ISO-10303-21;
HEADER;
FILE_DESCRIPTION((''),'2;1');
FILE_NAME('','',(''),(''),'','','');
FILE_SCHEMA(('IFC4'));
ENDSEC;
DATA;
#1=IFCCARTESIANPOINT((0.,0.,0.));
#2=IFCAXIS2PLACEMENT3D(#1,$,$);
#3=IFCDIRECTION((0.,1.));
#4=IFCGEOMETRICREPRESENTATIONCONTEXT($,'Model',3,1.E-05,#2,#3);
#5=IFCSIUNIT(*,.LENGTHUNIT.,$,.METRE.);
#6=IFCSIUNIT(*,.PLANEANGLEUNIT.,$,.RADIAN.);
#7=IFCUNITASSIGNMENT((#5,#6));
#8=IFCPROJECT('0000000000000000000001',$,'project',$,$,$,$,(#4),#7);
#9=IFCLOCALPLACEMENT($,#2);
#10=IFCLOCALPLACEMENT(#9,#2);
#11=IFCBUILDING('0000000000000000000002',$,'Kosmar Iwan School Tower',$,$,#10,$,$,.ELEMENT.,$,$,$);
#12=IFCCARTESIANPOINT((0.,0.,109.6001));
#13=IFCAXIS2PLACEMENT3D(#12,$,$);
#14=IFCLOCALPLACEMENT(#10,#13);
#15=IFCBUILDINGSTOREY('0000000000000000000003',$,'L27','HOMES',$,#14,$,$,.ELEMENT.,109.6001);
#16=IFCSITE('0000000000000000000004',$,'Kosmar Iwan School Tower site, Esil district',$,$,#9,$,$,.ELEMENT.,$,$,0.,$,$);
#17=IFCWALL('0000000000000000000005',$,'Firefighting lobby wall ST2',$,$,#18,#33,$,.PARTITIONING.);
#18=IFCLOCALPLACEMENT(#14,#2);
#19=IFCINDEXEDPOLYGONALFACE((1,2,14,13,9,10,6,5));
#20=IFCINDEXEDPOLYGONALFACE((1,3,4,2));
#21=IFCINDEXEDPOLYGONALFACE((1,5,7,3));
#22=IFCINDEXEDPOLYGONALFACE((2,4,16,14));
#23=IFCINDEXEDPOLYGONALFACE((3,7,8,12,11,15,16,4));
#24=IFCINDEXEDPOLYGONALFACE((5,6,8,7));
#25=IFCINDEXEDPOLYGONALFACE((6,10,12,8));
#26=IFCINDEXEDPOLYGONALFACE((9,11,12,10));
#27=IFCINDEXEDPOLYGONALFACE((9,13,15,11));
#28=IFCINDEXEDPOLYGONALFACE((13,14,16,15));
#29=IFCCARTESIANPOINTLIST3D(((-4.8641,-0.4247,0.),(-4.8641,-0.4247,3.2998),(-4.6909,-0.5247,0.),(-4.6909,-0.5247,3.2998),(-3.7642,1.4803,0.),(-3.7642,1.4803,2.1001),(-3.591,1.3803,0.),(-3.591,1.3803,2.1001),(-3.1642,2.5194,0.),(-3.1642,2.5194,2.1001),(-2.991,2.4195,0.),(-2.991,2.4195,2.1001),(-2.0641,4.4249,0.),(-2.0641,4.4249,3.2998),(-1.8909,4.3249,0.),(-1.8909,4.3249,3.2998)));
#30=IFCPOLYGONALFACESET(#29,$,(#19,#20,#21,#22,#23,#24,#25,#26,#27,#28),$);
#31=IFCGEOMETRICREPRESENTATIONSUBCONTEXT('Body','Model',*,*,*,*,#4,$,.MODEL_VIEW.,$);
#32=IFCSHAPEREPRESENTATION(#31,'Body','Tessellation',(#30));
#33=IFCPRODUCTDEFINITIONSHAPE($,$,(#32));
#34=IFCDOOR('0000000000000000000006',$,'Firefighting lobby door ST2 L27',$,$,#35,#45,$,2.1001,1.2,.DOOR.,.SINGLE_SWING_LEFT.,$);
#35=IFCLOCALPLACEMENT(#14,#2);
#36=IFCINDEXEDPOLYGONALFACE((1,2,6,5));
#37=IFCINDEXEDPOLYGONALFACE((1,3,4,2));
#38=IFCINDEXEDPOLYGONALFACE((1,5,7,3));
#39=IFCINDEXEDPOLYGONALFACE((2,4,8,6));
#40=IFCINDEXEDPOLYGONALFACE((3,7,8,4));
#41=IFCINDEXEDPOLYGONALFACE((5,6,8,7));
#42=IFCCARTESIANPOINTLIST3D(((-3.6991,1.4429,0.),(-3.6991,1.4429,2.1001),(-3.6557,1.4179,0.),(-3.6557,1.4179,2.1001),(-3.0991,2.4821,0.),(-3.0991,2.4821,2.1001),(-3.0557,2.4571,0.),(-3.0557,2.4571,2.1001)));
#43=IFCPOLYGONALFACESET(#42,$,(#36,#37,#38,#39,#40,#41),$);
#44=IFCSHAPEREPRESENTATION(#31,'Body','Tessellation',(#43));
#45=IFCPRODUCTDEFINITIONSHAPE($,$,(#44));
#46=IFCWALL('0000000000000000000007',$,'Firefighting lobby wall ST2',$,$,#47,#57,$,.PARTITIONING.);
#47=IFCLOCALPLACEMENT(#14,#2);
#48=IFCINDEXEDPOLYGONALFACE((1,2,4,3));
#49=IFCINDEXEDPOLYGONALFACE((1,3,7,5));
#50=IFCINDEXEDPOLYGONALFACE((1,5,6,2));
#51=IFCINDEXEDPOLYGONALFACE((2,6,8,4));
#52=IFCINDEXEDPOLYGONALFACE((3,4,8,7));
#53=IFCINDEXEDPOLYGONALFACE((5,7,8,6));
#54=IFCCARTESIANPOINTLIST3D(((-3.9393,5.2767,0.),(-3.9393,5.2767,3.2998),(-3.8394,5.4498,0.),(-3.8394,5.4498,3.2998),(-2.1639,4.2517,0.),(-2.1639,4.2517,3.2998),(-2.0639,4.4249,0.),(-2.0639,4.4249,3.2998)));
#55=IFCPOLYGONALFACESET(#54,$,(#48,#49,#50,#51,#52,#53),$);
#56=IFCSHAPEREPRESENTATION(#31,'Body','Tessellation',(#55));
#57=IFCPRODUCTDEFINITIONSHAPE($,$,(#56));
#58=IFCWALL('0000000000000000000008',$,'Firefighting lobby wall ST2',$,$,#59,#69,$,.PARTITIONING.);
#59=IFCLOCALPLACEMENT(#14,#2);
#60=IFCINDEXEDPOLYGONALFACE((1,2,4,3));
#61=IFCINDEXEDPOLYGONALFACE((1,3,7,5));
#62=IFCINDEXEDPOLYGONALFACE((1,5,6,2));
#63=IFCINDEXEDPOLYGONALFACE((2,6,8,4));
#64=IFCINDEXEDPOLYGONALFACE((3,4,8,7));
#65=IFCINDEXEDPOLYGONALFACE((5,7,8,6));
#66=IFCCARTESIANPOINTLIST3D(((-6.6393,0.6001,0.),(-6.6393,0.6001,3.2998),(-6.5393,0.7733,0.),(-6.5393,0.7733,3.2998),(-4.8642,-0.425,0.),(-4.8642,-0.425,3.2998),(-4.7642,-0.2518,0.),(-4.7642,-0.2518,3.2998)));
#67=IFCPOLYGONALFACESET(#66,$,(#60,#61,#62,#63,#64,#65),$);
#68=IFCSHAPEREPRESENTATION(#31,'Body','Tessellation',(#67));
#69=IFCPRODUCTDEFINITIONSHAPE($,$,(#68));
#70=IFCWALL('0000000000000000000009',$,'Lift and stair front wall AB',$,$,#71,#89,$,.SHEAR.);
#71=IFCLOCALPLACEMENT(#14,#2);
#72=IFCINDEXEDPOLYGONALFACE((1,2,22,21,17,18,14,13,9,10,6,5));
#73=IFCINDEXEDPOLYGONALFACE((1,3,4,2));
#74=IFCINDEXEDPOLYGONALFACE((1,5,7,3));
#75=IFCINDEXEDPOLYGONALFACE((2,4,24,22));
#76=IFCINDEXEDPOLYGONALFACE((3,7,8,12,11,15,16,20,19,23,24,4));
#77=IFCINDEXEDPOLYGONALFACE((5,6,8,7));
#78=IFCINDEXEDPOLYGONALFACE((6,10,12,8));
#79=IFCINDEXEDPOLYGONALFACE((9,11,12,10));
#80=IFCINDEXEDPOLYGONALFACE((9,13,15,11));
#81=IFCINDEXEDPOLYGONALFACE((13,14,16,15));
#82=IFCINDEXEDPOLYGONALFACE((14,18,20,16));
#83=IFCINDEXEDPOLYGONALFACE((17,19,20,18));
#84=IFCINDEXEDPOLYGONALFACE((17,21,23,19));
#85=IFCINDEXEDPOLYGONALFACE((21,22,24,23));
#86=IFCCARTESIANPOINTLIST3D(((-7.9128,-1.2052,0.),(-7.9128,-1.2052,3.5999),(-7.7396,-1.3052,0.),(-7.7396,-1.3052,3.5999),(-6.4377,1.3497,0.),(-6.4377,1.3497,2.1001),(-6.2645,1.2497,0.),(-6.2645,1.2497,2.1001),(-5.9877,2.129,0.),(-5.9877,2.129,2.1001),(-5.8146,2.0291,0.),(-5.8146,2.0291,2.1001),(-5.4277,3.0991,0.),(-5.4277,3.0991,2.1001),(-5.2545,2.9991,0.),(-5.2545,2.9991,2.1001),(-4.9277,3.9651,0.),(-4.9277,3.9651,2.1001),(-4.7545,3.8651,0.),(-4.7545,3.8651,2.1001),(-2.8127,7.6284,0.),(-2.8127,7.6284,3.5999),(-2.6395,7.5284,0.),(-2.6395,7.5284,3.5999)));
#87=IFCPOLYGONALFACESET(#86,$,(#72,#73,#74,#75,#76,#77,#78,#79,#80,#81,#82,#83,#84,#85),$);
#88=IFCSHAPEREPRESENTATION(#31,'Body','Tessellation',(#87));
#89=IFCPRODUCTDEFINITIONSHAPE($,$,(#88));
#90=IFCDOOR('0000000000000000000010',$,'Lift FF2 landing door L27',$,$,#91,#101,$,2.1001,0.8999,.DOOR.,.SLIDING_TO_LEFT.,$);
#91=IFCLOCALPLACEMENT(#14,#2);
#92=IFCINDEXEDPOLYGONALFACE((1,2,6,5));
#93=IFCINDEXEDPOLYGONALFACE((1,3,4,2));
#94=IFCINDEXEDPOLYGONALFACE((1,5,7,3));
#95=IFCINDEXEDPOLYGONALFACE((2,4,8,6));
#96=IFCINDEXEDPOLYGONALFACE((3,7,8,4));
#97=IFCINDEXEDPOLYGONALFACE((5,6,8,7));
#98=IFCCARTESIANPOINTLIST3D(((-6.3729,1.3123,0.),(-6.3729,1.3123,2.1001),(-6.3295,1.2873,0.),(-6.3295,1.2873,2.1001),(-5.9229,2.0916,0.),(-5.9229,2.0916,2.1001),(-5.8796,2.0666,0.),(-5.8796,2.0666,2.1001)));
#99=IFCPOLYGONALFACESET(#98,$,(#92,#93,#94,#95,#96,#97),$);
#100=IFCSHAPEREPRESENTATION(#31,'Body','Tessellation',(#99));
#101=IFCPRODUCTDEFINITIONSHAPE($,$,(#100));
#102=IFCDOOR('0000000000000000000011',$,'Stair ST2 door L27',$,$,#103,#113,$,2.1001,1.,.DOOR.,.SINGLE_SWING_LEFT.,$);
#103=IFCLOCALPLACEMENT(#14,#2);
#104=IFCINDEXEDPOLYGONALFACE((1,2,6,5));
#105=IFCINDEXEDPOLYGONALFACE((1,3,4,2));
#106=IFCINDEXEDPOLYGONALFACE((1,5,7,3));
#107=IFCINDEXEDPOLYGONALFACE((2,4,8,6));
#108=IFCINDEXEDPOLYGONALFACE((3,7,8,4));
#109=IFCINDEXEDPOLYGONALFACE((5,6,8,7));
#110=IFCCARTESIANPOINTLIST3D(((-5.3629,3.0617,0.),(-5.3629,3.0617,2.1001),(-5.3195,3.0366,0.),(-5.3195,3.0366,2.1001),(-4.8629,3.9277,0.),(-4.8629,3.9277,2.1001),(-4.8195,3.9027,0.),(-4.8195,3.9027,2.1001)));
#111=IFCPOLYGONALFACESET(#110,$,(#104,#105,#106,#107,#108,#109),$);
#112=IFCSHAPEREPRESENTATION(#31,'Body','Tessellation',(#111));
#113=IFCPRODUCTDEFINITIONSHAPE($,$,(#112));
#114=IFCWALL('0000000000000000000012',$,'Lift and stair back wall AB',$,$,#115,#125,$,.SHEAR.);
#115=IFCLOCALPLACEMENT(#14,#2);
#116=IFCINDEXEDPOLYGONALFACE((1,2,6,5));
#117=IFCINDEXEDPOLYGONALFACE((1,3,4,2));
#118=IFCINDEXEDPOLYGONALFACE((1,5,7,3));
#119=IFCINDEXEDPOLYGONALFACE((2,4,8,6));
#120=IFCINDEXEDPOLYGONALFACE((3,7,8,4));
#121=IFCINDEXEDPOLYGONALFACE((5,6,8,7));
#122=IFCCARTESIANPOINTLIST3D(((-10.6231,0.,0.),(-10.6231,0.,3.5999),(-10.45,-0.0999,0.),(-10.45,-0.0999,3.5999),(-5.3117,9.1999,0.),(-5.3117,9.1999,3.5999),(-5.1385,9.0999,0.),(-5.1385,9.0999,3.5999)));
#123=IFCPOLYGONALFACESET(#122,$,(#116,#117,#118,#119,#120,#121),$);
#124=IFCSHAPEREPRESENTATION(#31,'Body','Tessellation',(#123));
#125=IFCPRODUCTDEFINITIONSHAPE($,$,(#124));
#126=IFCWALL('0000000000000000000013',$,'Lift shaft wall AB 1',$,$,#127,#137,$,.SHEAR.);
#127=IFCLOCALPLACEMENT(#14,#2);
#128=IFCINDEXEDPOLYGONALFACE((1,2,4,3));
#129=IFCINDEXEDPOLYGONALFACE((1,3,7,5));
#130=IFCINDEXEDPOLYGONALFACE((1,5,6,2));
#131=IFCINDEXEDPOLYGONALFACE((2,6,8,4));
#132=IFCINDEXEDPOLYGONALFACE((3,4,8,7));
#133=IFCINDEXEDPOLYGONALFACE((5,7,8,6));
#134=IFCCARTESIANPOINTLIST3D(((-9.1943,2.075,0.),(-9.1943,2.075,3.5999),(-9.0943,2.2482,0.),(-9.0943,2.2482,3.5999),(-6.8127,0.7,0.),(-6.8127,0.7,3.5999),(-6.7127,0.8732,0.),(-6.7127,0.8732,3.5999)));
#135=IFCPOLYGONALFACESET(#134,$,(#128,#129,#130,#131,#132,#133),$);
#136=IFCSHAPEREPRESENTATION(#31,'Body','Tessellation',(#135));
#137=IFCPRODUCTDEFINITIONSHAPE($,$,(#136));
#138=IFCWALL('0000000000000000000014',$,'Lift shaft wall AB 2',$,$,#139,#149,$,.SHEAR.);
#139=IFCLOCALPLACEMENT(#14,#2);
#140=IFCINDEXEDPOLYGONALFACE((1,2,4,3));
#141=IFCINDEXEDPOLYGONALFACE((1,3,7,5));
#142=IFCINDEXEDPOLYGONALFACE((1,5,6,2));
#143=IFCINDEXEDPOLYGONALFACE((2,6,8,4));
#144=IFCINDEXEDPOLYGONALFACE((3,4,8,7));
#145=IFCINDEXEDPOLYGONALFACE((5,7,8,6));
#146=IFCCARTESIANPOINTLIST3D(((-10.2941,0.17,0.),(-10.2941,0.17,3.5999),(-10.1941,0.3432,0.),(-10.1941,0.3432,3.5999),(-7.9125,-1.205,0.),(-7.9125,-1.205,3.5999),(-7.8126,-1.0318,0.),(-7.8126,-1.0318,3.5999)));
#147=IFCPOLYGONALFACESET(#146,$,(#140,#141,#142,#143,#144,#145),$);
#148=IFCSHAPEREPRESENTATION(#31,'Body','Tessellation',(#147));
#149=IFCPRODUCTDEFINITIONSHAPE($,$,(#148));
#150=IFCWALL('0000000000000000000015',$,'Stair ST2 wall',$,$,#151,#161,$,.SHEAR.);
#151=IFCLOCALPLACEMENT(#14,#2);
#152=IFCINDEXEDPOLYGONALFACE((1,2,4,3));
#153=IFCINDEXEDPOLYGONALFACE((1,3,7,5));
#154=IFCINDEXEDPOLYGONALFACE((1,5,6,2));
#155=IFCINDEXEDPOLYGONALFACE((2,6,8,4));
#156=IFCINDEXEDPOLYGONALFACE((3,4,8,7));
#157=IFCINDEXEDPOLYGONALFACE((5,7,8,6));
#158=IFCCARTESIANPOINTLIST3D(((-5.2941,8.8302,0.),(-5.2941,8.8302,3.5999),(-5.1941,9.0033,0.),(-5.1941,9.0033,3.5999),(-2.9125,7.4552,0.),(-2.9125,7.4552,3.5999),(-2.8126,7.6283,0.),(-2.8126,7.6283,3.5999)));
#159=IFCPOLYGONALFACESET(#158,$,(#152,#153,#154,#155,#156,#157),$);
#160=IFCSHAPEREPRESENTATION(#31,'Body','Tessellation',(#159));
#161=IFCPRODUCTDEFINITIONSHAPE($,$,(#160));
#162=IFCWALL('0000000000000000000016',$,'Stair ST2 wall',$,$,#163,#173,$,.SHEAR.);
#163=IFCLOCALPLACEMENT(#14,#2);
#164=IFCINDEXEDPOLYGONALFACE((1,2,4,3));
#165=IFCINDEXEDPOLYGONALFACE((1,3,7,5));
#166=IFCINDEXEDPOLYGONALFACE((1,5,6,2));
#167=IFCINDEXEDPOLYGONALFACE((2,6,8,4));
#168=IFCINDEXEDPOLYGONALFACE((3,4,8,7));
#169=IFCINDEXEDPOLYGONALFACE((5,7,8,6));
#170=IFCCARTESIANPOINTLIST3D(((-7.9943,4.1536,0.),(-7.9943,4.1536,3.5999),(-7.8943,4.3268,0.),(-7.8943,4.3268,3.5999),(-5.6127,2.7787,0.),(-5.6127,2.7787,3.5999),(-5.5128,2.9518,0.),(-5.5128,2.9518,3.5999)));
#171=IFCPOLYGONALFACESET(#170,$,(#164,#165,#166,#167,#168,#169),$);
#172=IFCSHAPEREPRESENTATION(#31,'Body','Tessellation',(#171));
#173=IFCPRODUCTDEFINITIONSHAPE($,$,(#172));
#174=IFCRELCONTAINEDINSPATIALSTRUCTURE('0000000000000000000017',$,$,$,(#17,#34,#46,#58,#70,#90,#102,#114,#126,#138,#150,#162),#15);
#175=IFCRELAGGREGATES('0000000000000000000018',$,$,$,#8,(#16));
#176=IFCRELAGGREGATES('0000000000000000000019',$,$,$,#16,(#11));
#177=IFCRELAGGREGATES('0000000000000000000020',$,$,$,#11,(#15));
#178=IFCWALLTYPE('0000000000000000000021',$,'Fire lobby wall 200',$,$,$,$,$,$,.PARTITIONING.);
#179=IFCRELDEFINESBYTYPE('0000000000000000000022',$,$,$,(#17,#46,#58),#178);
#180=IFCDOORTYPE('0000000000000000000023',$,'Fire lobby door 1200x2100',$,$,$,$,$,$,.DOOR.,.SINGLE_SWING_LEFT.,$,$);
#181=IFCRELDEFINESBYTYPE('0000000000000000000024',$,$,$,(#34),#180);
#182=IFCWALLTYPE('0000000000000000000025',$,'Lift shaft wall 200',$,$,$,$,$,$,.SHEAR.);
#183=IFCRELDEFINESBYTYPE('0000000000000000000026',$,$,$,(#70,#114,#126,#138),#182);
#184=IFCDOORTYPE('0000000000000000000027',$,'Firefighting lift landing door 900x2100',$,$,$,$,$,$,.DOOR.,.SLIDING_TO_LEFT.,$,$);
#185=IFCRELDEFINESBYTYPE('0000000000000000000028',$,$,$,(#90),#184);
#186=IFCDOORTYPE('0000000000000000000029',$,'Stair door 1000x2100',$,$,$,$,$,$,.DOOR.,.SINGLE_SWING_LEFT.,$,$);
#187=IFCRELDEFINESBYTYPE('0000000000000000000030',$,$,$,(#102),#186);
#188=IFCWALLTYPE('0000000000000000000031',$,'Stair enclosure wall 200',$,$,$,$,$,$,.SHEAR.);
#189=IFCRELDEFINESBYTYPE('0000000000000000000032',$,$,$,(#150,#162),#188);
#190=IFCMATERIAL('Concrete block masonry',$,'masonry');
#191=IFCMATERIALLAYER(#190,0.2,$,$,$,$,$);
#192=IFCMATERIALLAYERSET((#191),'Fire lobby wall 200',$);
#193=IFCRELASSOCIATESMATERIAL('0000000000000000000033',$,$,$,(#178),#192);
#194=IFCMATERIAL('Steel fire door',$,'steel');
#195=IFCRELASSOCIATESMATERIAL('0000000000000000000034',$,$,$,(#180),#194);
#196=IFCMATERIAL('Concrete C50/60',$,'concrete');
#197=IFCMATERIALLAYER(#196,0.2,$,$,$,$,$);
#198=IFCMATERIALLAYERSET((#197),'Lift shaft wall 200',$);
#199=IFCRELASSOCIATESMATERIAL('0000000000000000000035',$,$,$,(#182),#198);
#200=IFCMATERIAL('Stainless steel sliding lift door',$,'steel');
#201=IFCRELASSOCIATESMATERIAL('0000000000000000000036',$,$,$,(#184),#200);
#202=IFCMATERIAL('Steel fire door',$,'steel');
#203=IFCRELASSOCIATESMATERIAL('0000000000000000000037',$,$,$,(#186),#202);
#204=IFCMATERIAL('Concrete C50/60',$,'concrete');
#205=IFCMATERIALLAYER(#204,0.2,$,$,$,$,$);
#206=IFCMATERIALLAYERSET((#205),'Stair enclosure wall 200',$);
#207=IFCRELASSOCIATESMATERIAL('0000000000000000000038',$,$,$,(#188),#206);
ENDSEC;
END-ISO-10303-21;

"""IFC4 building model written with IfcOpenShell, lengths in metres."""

from ifc_helpers import new_model, si_unit, direction, frame, frame_2d, origin, place, context, subcontext, project, spatial, rectangle, extrude, material, layer, layer_set, type_object, element, fill, save


model = new_model("IFC4")

# Units and contexts
model_context = context("Model", 3, precision=1e-05, world=origin(), true_north=direction((0.0, 1.0)))
body_context = subcontext(model_context, "Body", "Model", "MODEL_VIEW")
ifc_project = project(units=[si_unit("LENGTHUNIT", "METRE"), si_unit("PLANEANGLEUNIT", "RADIAN")], contexts=[model_context])

# Site, building, storey
site_placement = place(None, origin())
site = spatial("IfcSite", under=ifc_project, at=site_placement, Name="Kosmar Iwan School Tower site, Esil district", CompositionType="ELEMENT", RefElevation=0.0)
building_placement = place(site_placement, origin())
building = spatial("IfcBuilding", under=site, at=building_placement, Name="Kosmar Iwan School Tower", CompositionType="ELEMENT")
storey_placement = place(building_placement, frame((0.0, 0.0, 109.6001)))
storey = spatial("IfcBuildingStorey", under=building, at=storey_placement, Name="L27", Description="HOMES", CompositionType="ELEMENT", Elevation=109.6001)

# Wall, opening, door
ifc_material_1 = material(Name="Concrete block masonry", Category="masonry")
ifc_layer_1 = layer(ifc_material_1, 0.2)
ifc_layer_set_1 = layer_set([ifc_layer_1], Name="Fire lobby wall 200")
wall_type_1 = type_object("IfcWallType", Name="Fire lobby wall 200", PredefinedType="PARTITIONING", material=ifc_layer_set_1)
wall_1_placement = place(storey_placement, frame((-1.9775, 4.3748, 0.0), z_axis=(0.0, 0.0, 1.0), x_axis=(-0.500017, -0.866016, 0.0)))
wall_1 = element("IfcWall", 1, at=wall_1_placement, inside=storey, type_object=wall_type_1, Name="Firefighting lobby wall ST2", PredefinedType="PARTITIONING", context=body_context, shape_type="SweptSolid", body=[
    extrude(rectangle(XDim=5.5999, YDim=0.2, at=frame_2d((2.7998, 0.0))), origin(), (0.0, 0.0, 1.0), 3.2998),
])
opening_1_placement = place(wall_1_placement, frame((2.2, 0.0, 0.0)))
opening_1 = element("IfcOpeningElement", 2, at=opening_1_placement, cuts=wall_1, PredefinedType="OPENING", context=body_context, shape_type="SweptSolid", body=[
    extrude(rectangle(XDim=1.2, YDim=2.1001, at=frame_2d((0.6001, 1.05))), frame((0.0, 0.1121, 0.0), z_axis=(0.0, -1.0, 0.0), x_axis=(1.0, 0.0, 0.0)), (0.0, 0.0, 1.0), 0.2239),
])
ifc_material_2 = material(Name="Steel fire door", Category="steel")
door_type_1 = type_object("IfcDoorType", Name="Fire lobby door 1200x2100", OperationType="SINGLE_SWING_LEFT", PredefinedType="DOOR", material=ifc_material_2)
door_1_placement = place(opening_1_placement, frame((1.2, 0.0, 0.0), z_axis=(0.0, 0.0, 1.0), x_axis=(-1.0, 0.0, 0.0)))
door_1 = element("IfcDoor", 3, at=door_1_placement, inside=storey, type_object=door_type_1, Name="Firefighting lobby door ST2 L27", OperationType="SINGLE_SWING_LEFT", OverallHeight=2.1001, OverallWidth=1.2, PredefinedType="DOOR", context=body_context, shape_type="SweptSolid", body=[
    extrude(rectangle(XDim=1.2, YDim=2.1001, at=frame_2d((0.6001, 1.05))), frame((0.0, 0.0249, 0.0), z_axis=(0.0, -1.0, 0.0), x_axis=(1.0, 0.0, 0.0)), (0.0, 0.0, 1.0), 0.05),
])
fill(opening_1, door_1)

# Walls
wall_2_placement = place(storey_placement, frame((-2.114, 4.3384, 0.0), z_axis=(0.0, 0.0, 1.0), x_axis=(-0.866051, 0.499956, 0.0)))
element("IfcWall", 4, at=wall_2_placement, inside=storey, type_object=wall_type_1, Name="Firefighting lobby wall ST2", PredefinedType="PARTITIONING", context=body_context, shape_type="SweptSolid", body=[
    extrude(rectangle(XDim=2.05, YDim=0.2, at=frame_2d((1.0249, 0.0))), origin(), (0.0, 0.0, 1.0), 3.2998),
])
wall_3_placement = place(storey_placement, frame((-4.8142, -0.3384, 0.0), z_axis=(0.0, 0.0, 1.0), x_axis=(-0.865969, 0.500097, 0.0)))
element("IfcWall", 5, at=wall_3_placement, inside=storey, type_object=wall_type_1, Name="Firefighting lobby wall ST2", PredefinedType="PARTITIONING", context=body_context, shape_type="SweptSolid", body=[
    extrude(rectangle(XDim=2.0498, YDim=0.2, at=frame_2d((1.0249, 0.0))), origin(), (0.0, 0.0, 1.0), 3.2998),
])

# Wall, openings, doors
ifc_material_3 = material(Name="Concrete C50/60", Category="concrete")
ifc_layer_2 = layer(ifc_material_3, 0.2)
ifc_layer_set_2 = layer_set([ifc_layer_2], Name="Lift shaft wall 200")
wall_type_2 = type_object("IfcWallType", Name="Lift shaft wall 200", PredefinedType="SHEAR", material=ifc_layer_set_2)
wall_4_placement = place(storey_placement, frame((-2.7261, 7.5784, 0.0), z_axis=(0.0, 0.0, 1.0), x_axis=(-0.500006, -0.866022, 0.0)))
wall_4 = element("IfcWall", 6, at=wall_4_placement, inside=storey, type_object=wall_type_2, Name="Lift and stair front wall AB", PredefinedType="SHEAR", context=body_context, shape_type="SweptSolid", body=[
    extrude(rectangle(XDim=10.2002, YDim=0.2, at=frame_2d((5.1001, 0.0))), origin(), (0.0, 0.0, 1.0), 3.5999),
])
opening_2_placement = place(wall_4_placement, frame((6.3501, 0.0, 0.0)))
opening_2 = element("IfcOpeningElement", 7, at=opening_2_placement, cuts=wall_4, PredefinedType="OPENING", context=body_context, shape_type="SweptSolid", body=[
    extrude(rectangle(XDim=0.8999, YDim=2.1001, at=frame_2d((0.45, 1.05))), frame((0.0, 0.1121, 0.0), z_axis=(0.0, -1.0, 0.0), x_axis=(1.0, 0.0, 0.0)), (0.0, 0.0, 1.0), 0.2239),
])
opening_3_placement = place(wall_4_placement, frame((4.23, 0.0, 0.0)))
opening_3 = element("IfcOpeningElement", 8, at=opening_3_placement, cuts=wall_4, PredefinedType="OPENING", context=body_context, shape_type="SweptSolid", body=[
    extrude(rectangle(XDim=1.0, YDim=2.1001, at=frame_2d((0.5, 1.05))), frame((0.0, 0.1121, 0.0), z_axis=(0.0, -1.0, 0.0), x_axis=(1.0, 0.0, 0.0)), (0.0, 0.0, 1.0), 0.2239),
])
ifc_material_4 = material(Name="Stainless steel sliding lift door", Category="steel")
door_type_2 = type_object("IfcDoorType", Name="Firefighting lift landing door 900x2100", OperationType="SLIDING_TO_LEFT", PredefinedType="DOOR", material=ifc_material_4)
door_2_placement = place(opening_2_placement, origin())
door_2 = element("IfcDoor", 9, at=door_2_placement, inside=storey, type_object=door_type_2, Name="Lift FF2 landing door L27", OperationType="SLIDING_TO_LEFT", OverallHeight=2.1001, OverallWidth=0.8999, PredefinedType="DOOR", context=body_context, shape_type="SweptSolid", body=[
    extrude(rectangle(XDim=0.8999, YDim=2.1001, at=frame_2d((0.45, 1.05))), frame((0.0, 0.0249, 0.0), z_axis=(0.0, -1.0, 0.0), x_axis=(1.0, 0.0, 0.0)), (0.0, 0.0, 1.0), 0.05),
])
fill(opening_2, door_2)
ifc_material_5 = material(Name="Steel fire door", Category="steel")
door_type_3 = type_object("IfcDoorType", Name="Stair door 1000x2100", OperationType="SINGLE_SWING_LEFT", PredefinedType="DOOR", material=ifc_material_5)
door_3_placement = place(opening_3_placement, origin())
door_3 = element("IfcDoor", 10, at=door_3_placement, inside=storey, type_object=door_type_3, Name="Stair ST2 door L27", OperationType="SINGLE_SWING_LEFT", OverallHeight=2.1001, OverallWidth=1.0, PredefinedType="DOOR", context=body_context, shape_type="SweptSolid", body=[
    extrude(rectangle(XDim=1.0, YDim=2.1001, at=frame_2d((0.5, 1.05))), frame((0.0, 0.0249, 0.0), z_axis=(0.0, -1.0, 0.0), x_axis=(1.0, 0.0, 0.0)), (0.0, 0.0, 1.0), 0.05),
])
fill(opening_3, door_3)

# Walls
wall_5_placement = place(storey_placement, frame((-5.2251, 9.1499, 0.0), z_axis=(0.0, 0.0, 1.0), x_axis=(-0.499995, -0.866028, 0.0)))
element("IfcWall", 11, at=wall_5_placement, inside=storey, type_object=wall_type_2, Name="Lift and stair back wall AB", PredefinedType="SHEAR", context=body_context, shape_type="SweptSolid", body=[
    extrude(rectangle(XDim=10.623, YDim=0.2, at=frame_2d((5.3115, 0.0))), origin(), (0.0, 0.0, 1.0), 3.5999),
])
for number, where, z_axis, x_axis, name in (
    (12, (-6.7627, 0.7866, 0.0), (0.0, 0.0, 1.0), (-0.866027, 0.499997, 0.0), "Lift shaft wall AB 1"),
    (13, (-7.8625, -1.1184, 0.0), (0.0, 0.0, 1.0), (-0.866027, 0.499997, 0.0), "Lift shaft wall AB 2"),
):
    element("IfcWall", number, at=place(storey_placement, frame(where, z_axis=z_axis, x_axis=x_axis)), inside=storey, type_object=wall_type_2, Name=name, PredefinedType="SHEAR", context=body_context, shape_type="SweptSolid", body=[
        extrude(rectangle(XDim=2.75, YDim=0.2, at=frame_2d((1.375, 0.0))), origin(), (0.0, 0.0, 1.0), 3.5999),
    ])
ifc_material_6 = material(Name="Concrete C50/60", Category="concrete")
ifc_layer_3 = layer(ifc_material_6, 0.2)
ifc_layer_set_3 = layer_set([ifc_layer_3], Name="Stair enclosure wall 200")
wall_type_3 = type_object("IfcWallType", Name="Stair enclosure wall 200", PredefinedType="SHEAR", material=ifc_layer_set_3)
for number, where, z_axis, x_axis, name in (
    (14, (-2.8625, 7.5417, 0.0), (0.0, 0.0, 1.0), (-0.866027, 0.499997, 0.0), "Stair ST2 wall"),
    (15, (-5.5627, 2.8652, 0.0), (0.0, 0.0, 1.0), (-0.866027, 0.499997, 0.0), "Stair ST2 wall"),
):
    element("IfcWall", number, at=place(storey_placement, frame(where, z_axis=z_axis, x_axis=x_axis)), inside=storey, type_object=wall_type_3, Name=name, PredefinedType="SHEAR", context=body_context, shape_type="SweptSolid", body=[
        extrude(rectangle(XDim=2.75, YDim=0.2, at=frame_2d((1.375, 0.0))), origin(), (0.0, 0.0, 1.0), 3.5999),
    ])

save(model, "model.ifc")
